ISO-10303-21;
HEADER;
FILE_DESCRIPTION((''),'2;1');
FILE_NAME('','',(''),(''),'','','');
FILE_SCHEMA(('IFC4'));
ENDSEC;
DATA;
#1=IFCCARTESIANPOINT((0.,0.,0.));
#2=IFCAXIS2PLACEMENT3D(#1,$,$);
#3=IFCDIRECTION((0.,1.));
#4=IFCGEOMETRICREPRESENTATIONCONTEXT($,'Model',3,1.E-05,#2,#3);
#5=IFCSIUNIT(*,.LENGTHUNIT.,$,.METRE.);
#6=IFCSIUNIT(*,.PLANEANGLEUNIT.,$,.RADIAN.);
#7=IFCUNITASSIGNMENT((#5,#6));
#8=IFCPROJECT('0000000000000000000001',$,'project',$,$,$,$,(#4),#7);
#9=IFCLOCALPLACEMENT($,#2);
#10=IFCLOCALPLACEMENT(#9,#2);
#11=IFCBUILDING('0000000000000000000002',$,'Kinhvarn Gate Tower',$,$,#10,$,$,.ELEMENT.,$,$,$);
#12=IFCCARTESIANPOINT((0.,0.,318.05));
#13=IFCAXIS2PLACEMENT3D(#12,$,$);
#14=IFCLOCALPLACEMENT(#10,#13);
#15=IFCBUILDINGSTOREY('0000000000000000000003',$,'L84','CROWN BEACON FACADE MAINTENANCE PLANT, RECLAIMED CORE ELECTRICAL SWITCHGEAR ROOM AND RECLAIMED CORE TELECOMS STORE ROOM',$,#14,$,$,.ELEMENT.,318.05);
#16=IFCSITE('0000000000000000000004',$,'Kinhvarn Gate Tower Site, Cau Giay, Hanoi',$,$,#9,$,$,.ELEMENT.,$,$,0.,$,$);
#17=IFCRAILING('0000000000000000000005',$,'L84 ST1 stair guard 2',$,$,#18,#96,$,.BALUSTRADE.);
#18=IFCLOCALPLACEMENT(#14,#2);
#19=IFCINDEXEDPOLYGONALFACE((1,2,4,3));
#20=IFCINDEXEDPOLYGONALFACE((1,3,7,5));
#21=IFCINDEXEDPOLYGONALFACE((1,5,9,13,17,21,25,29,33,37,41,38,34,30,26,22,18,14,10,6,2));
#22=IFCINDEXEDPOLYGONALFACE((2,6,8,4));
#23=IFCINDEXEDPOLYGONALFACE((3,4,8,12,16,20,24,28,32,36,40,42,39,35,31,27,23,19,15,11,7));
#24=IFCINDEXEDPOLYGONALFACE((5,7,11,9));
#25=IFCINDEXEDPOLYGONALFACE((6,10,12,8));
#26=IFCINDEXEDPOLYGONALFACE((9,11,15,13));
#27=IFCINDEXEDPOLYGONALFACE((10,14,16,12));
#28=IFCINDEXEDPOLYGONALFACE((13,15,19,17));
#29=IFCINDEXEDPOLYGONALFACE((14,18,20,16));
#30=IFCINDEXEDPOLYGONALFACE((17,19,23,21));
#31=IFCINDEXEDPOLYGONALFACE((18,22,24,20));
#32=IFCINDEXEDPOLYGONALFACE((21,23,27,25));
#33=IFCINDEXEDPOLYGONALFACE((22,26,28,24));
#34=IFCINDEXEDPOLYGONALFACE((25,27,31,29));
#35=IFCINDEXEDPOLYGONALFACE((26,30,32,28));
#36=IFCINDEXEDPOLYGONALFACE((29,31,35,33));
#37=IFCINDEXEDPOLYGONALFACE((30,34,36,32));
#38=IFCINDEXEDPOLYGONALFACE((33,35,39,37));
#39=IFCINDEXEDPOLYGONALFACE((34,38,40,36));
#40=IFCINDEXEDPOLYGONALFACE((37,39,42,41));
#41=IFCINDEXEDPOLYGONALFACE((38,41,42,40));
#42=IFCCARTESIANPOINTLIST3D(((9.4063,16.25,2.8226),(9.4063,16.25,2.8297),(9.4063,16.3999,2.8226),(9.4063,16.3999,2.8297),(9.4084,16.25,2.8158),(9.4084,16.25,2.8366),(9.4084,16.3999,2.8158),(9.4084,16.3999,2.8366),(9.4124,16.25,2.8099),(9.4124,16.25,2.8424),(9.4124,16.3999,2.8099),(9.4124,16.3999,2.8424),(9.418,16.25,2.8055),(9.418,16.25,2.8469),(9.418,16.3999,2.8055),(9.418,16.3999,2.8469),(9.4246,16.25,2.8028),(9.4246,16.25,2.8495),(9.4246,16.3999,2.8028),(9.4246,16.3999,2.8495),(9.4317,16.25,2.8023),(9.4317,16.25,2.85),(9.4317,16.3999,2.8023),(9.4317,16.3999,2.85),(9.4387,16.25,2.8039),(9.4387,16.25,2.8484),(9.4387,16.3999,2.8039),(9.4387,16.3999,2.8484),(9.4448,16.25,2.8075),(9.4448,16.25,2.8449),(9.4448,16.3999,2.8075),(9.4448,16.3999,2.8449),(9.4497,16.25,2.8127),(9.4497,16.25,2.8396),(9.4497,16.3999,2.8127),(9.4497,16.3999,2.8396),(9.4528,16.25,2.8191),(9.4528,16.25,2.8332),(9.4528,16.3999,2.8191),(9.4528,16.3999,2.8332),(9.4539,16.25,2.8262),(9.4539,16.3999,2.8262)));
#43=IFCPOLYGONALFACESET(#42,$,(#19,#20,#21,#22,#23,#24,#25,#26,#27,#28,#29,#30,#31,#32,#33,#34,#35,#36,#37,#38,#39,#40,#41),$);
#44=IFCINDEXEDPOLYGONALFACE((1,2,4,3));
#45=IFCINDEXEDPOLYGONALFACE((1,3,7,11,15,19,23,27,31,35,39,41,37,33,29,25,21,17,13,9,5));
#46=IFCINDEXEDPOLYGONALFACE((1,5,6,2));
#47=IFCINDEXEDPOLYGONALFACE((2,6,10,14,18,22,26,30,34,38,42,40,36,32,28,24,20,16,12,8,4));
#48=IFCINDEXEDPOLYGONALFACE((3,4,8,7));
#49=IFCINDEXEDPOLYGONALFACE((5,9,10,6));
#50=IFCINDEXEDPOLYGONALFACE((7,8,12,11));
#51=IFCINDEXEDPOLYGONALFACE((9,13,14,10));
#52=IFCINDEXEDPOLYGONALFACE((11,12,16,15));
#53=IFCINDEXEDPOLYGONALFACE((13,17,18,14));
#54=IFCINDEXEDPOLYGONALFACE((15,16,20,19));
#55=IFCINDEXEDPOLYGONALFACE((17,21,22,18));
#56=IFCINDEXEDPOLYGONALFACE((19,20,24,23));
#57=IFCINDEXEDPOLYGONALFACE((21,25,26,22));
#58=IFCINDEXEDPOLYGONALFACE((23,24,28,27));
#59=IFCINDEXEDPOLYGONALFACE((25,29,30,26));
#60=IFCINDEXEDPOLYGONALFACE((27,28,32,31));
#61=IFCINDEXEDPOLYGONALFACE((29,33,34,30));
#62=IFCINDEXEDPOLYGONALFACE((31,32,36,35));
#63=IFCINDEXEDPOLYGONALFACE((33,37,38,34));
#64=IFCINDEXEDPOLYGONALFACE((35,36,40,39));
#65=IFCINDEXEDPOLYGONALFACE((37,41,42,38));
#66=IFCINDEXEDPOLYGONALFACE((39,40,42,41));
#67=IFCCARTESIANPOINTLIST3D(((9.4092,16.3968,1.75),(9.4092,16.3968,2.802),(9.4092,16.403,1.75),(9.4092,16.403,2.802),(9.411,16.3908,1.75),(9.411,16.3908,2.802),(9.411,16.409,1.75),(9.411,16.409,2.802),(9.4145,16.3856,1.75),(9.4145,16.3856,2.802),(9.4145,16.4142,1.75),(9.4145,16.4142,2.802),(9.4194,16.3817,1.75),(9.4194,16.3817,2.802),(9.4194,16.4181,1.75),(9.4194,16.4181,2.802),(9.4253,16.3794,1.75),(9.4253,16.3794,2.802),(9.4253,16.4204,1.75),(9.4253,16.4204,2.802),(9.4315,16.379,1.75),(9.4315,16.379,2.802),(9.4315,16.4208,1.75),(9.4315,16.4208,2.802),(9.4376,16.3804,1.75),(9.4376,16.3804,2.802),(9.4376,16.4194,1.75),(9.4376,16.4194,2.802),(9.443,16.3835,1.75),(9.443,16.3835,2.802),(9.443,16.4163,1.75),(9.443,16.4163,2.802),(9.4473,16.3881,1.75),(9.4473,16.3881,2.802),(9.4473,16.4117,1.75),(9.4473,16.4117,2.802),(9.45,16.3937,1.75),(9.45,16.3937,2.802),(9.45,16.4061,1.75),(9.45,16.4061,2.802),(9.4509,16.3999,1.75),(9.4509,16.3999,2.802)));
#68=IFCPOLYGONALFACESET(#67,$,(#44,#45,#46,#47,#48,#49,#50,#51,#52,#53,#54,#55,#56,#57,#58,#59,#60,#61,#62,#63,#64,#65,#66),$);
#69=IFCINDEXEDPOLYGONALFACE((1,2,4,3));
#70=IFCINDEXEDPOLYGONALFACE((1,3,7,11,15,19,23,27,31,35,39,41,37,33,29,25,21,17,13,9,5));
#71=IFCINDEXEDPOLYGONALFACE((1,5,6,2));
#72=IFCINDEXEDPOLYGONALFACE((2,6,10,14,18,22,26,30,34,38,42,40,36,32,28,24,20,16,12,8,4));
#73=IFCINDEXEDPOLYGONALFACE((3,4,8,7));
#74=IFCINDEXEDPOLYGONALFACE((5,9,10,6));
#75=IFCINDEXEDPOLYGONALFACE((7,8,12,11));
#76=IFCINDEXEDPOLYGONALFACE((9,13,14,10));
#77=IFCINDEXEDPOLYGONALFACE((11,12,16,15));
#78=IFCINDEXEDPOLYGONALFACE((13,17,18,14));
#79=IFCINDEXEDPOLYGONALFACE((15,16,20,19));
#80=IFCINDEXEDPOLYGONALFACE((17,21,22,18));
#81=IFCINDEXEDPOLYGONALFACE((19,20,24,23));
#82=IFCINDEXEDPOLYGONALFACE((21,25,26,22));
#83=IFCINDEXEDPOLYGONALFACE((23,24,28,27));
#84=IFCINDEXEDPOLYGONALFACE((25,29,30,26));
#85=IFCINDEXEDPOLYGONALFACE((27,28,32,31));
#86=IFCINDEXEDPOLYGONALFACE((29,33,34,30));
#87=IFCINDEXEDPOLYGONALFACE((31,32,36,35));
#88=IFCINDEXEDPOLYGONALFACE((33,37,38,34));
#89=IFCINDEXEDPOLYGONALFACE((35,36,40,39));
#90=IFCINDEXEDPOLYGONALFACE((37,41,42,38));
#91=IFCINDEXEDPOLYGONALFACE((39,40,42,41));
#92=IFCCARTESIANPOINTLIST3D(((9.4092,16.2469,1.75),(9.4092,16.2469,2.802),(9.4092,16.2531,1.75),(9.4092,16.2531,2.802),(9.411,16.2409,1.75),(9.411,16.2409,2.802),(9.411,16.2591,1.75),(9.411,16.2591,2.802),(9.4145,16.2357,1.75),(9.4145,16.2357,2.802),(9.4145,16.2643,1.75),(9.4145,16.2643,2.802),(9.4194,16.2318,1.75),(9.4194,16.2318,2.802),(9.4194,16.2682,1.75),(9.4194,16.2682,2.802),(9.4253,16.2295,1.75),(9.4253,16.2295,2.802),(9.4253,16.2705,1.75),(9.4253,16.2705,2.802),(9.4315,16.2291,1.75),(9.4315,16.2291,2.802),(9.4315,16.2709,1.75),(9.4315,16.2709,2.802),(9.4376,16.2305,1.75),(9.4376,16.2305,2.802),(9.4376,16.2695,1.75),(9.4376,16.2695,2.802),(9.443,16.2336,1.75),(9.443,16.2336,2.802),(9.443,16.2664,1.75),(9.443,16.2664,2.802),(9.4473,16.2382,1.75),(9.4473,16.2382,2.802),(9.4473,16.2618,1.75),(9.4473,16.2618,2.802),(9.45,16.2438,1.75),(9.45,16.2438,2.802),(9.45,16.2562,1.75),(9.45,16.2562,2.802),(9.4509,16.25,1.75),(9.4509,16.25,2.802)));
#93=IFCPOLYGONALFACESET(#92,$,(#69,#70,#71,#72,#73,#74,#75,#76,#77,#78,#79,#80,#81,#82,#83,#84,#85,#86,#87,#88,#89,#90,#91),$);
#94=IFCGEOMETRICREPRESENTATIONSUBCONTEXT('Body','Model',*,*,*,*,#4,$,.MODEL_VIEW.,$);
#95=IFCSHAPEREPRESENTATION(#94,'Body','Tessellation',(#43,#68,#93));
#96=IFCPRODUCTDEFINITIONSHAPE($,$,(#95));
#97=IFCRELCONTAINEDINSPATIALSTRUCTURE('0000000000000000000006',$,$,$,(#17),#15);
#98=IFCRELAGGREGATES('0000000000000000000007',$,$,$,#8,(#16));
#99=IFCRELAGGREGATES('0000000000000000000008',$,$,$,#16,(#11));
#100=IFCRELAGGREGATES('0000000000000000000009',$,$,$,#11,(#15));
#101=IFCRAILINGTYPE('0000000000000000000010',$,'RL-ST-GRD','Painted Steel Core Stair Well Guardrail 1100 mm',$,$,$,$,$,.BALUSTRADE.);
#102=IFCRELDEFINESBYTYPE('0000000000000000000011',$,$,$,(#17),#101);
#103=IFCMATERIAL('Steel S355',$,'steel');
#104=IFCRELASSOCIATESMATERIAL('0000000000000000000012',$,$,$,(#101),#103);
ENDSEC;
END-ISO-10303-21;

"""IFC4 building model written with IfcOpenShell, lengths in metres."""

from ifc_helpers import new_model, si_unit, direction, frame, origin, origin_2d, place, context, subcontext, project, spatial, circle, extrude, material, type_object, element, save


model = new_model("IFC4")

# Units and contexts
model_context = context("Model", 3, precision=1e-05, world=origin(), true_north=direction((0.0, 1.0)))
body_context = subcontext(model_context, "Body", "Model", "MODEL_VIEW")
ifc_project = project(units=[si_unit("LENGTHUNIT", "METRE"), si_unit("PLANEANGLEUNIT", "RADIAN")], contexts=[model_context])

# Site, building, storey
site_placement = place(None, origin())
site = spatial("IfcSite", under=ifc_project, at=site_placement, Name="Kinhvarn Gate Tower Site, Cau Giay, Hanoi", CompositionType="ELEMENT", RefElevation=0.0)
building_placement = place(site_placement, origin())
building = spatial("IfcBuilding", under=site, at=building_placement, Name="Kinhvarn Gate Tower", CompositionType="ELEMENT")
storey_placement = place(building_placement, frame((0.0, 0.0, 318.05)))
storey = spatial("IfcBuildingStorey", under=building, at=storey_placement, Name="L84", Description="CROWN BEACON FACADE MAINTENANCE PLANT, RECLAIMED CORE ELECTRICAL SWITCHGEAR ROOM AND RECLAIMED CORE TELECOMS STORE ROOM", CompositionType="ELEMENT", Elevation=318.05)

# Railing
ifc_material_1 = material(Name="Steel S355", Category="steel")
railing_type_1 = type_object("IfcRailingType", Name="RL-ST-GRD", Description="Painted Steel Core Stair Well Guardrail 1100 mm", PredefinedType="BALUSTRADE", material=ifc_material_1)
railing_1_placement = place(storey_placement, frame((9.4299, 16.3999, 1.75)))
element("IfcRailing", 1, at=railing_1_placement, inside=storey, type_object=railing_type_1, Name="L84 ST1 stair guard 2", PredefinedType="BALUSTRADE", context=body_context, shape_type="SweptSolid", body=[
    extrude(circle(Radius=0.0239, at=origin_2d()), frame((0.0, 0.0, 1.0762), z_axis=(0.0, -1.0, 0.0), x_axis=(1.0, 0.0, 0.0)), (0.0, 0.0, 1.0), 0.1499),
    extrude(circle(Radius=0.021, at=origin_2d()), origin(), (0.0, 0.0, 1.0), 1.052),
    extrude(circle(Radius=0.021, at=origin_2d()), frame((0.0, -0.1499, 0.0)), (0.0, 0.0, 1.0), 1.052),
])

save(model, "model.ifc")
